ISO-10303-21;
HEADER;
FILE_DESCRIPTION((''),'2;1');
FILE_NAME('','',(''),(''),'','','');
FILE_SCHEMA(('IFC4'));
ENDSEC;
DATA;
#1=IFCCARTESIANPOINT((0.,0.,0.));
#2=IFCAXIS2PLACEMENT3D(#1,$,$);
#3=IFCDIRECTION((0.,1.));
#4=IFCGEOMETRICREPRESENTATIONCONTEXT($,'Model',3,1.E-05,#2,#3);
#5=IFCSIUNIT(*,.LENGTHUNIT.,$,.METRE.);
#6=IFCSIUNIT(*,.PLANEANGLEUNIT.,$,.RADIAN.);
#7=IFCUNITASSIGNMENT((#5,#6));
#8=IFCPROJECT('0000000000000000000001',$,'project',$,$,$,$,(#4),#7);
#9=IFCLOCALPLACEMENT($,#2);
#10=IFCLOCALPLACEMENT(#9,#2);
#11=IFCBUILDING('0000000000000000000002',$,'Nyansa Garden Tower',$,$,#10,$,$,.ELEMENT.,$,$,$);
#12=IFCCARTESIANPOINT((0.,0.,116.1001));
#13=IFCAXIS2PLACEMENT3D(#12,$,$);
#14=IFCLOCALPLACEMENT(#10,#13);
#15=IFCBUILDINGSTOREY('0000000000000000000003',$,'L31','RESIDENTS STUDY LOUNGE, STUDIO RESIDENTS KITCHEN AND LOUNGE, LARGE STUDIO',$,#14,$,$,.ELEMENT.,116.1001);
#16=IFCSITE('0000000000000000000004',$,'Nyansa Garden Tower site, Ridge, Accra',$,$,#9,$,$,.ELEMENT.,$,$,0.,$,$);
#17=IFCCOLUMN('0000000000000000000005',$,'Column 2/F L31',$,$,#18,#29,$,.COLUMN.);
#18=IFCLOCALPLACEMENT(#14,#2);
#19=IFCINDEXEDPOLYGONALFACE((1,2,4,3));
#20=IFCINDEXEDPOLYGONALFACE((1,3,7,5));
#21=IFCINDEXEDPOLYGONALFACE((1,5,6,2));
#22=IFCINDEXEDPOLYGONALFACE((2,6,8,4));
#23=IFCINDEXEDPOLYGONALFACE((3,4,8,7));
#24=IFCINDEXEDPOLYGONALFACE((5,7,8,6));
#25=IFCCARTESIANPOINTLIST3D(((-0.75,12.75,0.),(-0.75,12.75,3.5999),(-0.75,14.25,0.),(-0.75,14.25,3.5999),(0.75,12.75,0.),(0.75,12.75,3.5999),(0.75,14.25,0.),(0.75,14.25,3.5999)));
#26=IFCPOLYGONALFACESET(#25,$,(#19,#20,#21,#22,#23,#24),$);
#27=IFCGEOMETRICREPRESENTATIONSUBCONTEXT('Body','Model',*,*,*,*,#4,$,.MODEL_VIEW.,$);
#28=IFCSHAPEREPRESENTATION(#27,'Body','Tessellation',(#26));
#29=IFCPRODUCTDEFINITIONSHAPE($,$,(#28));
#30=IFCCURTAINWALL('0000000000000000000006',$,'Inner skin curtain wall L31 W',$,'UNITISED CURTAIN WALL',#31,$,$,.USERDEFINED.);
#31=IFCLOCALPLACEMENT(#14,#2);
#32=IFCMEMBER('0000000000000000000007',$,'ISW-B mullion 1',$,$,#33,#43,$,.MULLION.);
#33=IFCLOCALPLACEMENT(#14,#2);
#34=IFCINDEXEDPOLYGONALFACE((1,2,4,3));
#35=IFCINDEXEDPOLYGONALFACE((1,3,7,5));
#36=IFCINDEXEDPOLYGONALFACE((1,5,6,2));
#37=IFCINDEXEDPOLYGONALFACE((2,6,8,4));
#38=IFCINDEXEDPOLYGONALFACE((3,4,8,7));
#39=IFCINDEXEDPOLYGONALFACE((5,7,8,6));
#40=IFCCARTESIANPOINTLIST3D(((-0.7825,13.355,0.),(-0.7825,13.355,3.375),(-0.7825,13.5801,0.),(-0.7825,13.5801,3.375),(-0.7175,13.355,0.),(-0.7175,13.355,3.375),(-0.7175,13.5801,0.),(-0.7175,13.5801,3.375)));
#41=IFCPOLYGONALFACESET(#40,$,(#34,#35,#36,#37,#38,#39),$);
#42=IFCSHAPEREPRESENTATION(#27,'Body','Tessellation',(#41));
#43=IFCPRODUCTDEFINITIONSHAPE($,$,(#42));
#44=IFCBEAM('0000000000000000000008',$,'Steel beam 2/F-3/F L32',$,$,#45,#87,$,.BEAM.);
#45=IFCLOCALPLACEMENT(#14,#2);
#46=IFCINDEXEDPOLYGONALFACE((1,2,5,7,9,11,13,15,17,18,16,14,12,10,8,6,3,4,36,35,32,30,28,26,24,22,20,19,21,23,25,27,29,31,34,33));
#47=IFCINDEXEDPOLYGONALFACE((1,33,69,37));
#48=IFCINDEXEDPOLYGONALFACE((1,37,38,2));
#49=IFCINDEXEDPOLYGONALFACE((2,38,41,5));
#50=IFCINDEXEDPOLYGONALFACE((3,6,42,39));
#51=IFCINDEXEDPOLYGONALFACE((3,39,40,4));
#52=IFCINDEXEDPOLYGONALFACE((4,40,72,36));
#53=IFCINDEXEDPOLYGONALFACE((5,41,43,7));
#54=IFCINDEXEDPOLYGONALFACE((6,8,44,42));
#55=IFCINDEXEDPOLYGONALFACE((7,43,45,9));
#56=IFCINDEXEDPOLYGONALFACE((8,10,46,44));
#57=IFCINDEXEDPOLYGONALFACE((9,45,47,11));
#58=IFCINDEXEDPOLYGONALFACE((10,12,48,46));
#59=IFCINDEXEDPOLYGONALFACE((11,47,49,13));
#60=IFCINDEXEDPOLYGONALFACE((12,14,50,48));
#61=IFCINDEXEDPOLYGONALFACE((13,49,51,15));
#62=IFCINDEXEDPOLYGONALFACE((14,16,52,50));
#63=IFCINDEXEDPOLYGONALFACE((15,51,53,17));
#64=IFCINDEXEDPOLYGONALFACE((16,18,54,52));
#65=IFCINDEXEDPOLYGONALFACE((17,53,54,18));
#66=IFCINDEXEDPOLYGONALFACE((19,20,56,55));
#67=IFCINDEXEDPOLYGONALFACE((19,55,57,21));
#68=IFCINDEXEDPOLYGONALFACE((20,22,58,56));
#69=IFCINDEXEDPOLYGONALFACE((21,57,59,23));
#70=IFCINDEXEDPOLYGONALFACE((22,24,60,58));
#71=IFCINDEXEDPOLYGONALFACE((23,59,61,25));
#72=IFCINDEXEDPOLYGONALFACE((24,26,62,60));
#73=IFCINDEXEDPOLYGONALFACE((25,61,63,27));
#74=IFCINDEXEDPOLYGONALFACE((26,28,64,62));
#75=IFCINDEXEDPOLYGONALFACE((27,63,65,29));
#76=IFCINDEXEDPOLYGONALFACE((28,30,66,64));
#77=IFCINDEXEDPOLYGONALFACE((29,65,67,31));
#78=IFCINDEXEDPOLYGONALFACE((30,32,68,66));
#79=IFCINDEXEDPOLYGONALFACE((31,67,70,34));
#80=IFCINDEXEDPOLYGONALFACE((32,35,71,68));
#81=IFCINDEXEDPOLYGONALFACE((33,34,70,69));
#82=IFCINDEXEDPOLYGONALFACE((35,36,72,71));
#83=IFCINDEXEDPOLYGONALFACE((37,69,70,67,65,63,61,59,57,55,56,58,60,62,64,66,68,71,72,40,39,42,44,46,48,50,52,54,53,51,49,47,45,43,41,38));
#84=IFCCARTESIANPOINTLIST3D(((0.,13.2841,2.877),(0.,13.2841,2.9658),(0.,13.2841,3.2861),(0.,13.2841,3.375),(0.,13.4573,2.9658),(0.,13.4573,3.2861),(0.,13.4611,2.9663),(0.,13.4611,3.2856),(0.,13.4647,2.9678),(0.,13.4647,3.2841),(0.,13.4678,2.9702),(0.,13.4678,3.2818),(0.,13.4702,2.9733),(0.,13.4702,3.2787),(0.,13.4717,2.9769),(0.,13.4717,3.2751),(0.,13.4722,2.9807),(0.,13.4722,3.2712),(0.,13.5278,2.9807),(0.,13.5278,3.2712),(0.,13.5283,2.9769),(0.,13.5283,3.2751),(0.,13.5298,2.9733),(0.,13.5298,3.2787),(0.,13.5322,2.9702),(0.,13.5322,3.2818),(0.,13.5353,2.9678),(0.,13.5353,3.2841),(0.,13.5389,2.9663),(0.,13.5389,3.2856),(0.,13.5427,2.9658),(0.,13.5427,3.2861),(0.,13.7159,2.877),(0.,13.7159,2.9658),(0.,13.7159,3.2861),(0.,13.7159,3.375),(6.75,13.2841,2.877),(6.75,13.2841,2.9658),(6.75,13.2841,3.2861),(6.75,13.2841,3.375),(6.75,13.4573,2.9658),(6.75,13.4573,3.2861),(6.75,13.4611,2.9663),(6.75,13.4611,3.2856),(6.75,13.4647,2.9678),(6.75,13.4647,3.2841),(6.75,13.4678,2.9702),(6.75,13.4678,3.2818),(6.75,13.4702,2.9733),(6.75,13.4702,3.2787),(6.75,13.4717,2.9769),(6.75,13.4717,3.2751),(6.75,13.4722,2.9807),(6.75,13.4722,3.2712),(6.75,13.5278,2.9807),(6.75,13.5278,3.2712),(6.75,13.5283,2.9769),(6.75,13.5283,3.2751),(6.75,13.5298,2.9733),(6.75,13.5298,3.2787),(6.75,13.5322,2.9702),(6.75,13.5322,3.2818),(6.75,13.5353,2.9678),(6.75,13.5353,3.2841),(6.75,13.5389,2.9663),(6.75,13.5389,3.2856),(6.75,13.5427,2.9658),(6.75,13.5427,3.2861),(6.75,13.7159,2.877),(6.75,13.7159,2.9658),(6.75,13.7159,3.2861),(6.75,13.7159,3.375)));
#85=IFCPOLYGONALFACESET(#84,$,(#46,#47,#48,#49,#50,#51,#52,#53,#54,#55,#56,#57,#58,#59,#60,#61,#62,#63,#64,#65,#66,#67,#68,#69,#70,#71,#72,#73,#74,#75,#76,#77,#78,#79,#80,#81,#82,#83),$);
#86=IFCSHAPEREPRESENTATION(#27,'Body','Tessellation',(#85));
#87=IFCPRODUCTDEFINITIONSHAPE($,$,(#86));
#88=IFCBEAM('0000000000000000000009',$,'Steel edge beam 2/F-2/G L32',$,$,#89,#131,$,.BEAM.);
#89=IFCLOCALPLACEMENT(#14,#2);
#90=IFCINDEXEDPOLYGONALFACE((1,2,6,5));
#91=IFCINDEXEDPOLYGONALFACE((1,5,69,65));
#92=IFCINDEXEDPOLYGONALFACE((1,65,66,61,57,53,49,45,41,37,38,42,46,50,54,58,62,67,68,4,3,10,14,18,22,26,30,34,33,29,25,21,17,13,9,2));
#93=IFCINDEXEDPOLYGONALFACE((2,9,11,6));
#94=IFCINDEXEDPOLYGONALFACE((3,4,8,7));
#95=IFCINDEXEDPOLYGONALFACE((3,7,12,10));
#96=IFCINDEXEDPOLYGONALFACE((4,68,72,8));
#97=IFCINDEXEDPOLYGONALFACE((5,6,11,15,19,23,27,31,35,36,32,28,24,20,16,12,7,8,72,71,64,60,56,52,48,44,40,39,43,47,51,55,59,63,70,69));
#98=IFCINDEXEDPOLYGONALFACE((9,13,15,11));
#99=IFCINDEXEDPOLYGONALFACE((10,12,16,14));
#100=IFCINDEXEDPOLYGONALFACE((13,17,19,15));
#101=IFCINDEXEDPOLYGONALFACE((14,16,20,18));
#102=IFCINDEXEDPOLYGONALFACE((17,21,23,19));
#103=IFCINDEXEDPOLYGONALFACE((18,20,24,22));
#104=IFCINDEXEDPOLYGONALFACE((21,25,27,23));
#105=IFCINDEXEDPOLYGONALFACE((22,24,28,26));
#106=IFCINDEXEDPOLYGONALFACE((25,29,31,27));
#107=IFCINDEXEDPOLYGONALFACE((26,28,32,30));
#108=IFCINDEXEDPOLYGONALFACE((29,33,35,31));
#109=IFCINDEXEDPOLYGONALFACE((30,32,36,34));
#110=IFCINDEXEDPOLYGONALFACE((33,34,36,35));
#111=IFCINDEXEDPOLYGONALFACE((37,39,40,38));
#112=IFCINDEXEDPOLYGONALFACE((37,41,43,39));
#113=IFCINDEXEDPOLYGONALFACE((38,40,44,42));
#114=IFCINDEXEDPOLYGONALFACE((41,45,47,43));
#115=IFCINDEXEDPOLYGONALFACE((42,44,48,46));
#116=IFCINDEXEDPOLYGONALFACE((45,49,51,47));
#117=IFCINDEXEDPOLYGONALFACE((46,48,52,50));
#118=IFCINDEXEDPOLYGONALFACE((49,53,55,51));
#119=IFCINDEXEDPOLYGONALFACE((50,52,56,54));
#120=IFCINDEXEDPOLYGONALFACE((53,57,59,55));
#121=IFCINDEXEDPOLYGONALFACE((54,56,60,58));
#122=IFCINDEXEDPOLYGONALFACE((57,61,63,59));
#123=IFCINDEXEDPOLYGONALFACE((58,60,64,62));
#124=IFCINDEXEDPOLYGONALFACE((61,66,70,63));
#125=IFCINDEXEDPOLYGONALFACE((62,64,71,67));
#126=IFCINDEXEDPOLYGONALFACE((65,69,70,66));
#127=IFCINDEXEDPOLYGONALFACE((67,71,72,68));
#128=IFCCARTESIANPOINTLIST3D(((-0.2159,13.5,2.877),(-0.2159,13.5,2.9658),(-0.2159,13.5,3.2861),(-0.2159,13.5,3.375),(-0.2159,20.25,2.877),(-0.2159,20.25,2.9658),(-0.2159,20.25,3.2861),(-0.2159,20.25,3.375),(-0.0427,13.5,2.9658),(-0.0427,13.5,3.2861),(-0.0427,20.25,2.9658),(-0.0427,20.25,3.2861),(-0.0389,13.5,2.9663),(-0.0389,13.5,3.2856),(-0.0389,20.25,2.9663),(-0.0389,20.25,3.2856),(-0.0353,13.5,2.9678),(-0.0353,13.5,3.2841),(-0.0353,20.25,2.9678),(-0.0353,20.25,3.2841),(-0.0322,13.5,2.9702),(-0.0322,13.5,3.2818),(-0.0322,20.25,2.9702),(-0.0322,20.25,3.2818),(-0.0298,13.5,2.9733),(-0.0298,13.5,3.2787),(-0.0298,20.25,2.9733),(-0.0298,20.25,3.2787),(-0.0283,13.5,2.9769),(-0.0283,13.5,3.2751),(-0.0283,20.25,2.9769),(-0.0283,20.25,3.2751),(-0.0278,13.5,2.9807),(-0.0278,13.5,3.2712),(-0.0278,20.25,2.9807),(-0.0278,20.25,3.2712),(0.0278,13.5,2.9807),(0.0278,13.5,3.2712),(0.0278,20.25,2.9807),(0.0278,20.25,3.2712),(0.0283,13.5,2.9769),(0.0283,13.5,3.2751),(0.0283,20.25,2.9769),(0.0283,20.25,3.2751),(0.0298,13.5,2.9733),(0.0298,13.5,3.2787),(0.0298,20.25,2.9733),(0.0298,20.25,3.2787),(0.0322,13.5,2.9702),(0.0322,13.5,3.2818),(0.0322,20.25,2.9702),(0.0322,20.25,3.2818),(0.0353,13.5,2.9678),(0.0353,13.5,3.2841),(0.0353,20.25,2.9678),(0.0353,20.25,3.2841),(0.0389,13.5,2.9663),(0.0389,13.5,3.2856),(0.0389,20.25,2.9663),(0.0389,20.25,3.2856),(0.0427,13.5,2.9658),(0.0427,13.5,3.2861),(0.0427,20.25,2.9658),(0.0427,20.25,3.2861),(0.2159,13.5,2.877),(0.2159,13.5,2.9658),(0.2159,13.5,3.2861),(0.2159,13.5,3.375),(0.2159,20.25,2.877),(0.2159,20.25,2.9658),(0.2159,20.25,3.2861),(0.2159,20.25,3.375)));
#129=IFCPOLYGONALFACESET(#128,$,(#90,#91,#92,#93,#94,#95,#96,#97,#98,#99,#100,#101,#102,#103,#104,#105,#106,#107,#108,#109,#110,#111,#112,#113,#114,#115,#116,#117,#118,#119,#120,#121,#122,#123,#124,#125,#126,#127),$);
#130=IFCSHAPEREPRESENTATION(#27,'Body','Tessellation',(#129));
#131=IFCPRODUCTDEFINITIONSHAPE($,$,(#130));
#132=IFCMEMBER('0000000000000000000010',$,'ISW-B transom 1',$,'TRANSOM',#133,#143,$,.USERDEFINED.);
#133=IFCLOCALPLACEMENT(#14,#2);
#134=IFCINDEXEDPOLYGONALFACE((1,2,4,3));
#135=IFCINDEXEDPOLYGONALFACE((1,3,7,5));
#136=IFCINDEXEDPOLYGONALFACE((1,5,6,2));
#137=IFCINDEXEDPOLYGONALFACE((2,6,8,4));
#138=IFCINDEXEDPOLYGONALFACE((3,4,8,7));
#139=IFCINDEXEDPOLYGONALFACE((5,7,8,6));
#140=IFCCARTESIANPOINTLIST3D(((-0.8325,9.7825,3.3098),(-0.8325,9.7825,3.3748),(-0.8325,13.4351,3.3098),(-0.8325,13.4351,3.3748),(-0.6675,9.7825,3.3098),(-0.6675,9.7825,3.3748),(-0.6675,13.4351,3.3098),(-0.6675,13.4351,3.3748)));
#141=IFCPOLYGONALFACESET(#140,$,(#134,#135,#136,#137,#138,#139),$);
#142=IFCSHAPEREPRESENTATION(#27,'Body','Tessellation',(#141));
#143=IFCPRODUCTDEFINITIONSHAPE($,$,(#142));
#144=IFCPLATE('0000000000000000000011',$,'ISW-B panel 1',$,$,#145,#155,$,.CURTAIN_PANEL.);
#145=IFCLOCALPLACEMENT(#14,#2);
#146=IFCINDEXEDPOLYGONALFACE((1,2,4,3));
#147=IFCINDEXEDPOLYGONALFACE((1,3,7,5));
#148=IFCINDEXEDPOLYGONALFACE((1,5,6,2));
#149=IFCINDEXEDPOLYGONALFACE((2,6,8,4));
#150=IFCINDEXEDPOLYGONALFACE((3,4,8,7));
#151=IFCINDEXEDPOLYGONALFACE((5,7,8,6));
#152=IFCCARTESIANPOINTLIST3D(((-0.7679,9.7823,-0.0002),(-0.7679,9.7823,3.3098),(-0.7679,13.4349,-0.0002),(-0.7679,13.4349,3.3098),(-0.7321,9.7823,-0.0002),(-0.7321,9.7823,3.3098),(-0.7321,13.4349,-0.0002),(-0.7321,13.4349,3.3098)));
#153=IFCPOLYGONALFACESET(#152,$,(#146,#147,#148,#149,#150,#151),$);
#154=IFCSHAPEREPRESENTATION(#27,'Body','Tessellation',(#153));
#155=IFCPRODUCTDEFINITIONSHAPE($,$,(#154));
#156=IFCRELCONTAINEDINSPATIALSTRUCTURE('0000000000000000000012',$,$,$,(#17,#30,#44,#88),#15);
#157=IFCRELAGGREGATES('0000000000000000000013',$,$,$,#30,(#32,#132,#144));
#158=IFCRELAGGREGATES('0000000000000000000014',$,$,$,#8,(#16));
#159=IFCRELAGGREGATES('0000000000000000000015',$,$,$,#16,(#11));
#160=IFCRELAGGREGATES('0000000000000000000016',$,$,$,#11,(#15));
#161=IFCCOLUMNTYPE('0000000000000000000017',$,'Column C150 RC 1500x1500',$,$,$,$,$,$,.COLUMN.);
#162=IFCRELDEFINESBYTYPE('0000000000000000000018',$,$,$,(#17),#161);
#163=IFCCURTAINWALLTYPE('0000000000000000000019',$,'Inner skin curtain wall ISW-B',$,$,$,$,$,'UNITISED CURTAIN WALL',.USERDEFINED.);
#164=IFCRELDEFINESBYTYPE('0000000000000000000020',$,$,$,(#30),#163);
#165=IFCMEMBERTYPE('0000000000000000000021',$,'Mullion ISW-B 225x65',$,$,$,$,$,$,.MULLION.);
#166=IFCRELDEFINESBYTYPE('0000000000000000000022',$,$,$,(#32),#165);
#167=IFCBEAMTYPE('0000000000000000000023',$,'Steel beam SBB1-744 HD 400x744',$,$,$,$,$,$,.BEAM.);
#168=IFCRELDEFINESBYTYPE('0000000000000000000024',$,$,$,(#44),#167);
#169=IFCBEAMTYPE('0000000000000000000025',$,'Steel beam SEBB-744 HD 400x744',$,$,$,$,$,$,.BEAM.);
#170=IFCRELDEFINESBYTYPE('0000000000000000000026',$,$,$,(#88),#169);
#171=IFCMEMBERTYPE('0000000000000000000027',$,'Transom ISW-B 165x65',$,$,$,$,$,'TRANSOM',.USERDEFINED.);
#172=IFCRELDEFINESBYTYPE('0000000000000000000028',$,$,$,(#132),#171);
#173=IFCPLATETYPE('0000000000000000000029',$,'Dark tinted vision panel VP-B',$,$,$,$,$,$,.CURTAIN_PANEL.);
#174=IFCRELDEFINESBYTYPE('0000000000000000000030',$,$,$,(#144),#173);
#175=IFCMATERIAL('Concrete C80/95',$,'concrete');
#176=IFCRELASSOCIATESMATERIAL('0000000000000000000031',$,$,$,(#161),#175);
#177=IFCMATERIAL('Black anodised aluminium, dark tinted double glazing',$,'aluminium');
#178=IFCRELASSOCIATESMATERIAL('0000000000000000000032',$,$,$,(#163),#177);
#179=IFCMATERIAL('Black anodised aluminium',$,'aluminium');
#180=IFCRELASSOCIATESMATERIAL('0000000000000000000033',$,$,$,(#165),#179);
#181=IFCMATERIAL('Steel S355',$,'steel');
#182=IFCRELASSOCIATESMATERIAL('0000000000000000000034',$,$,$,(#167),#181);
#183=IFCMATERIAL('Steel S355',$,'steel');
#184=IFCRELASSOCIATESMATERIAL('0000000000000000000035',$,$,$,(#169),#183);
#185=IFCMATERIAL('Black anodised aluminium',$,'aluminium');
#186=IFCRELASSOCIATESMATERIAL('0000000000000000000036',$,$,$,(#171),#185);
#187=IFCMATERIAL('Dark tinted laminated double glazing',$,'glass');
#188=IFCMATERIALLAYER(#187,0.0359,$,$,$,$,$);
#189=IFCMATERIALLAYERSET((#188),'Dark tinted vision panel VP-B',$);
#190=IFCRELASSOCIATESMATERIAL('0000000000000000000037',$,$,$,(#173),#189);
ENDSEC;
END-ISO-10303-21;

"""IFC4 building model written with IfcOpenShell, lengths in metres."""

from ifc_helpers import new_model, si_unit, direction, frame, origin, origin_2d, place, context, subcontext, project, spatial, rectangle, i_section, extrude, material, layer, layer_set, material_profile, profile_set, type_object, element, aggregate, save


model = new_model("IFC4")

# Units and contexts
model_context = context("Model", 3, precision=1e-05, world=origin(), true_north=direction((0.0, 1.0)))
body_context = subcontext(model_context, "Body", "Model", "MODEL_VIEW")
ifc_project = project(units=[si_unit("LENGTHUNIT", "METRE"), si_unit("PLANEANGLEUNIT", "RADIAN")], contexts=[model_context])

# Site, building, storey
site_placement = place(None, origin())
site = spatial("IfcSite", under=ifc_project, at=site_placement, Name="Nyansa Garden Tower site, Ridge, Accra", CompositionType="ELEMENT", RefElevation=0.0)
building_placement = place(site_placement, origin())
building = spatial("IfcBuilding", under=site, at=building_placement, Name="Nyansa Garden Tower", CompositionType="ELEMENT")
storey_placement = place(building_placement, frame((0.0, 0.0, 116.1001)))
storey = spatial("IfcBuildingStorey", under=building, at=storey_placement, Name="L31", Description="RESIDENTS STUDY LOUNGE, STUDIO RESIDENTS KITCHEN AND LOUNGE, LARGE STUDIO", CompositionType="ELEMENT", Elevation=116.1001)

# Column
ifc_material_1 = material(Name="Concrete C80/95", Category="concrete")
ifc_material_profile_1 = material_profile(ifc_material_1, rectangle(XDim=1.5, YDim=1.5, at=origin_2d()), Name="RC 1500x1500")
ifc_profile_set_1 = profile_set([ifc_material_profile_1], Name="Concrete C80/95")
column_type = type_object("IfcColumnType", Name="Column C150 RC 1500x1500", PredefinedType="COLUMN", material=ifc_profile_set_1)
column_placement = place(storey_placement, frame((0.0, 13.5, 0.0), z_axis=(0.0, 0.0, 1.0), x_axis=(1.0, 0.0, 0.0)))
element("IfcColumn", 1, at=column_placement, inside=storey, type_object=column_type, Name="Column 2/F L31", PredefinedType="COLUMN", context=body_context, shape_type="SweptSolid", body=[
    extrude(rectangle(XDim=1.5, YDim=1.5, at=origin_2d()), origin(), (0.0, 0.0, 1.0), 3.5999),
])

# Curtain wall, member
ifc_material_2 = material(Name="Black anodised aluminium, dark tinted double glazing", Category="aluminium")
curtain_wall_type = type_object("IfcCurtainWallType", Name="Inner skin curtain wall ISW-B", ElementType="UNITISED CURTAIN WALL", PredefinedType="USERDEFINED", material=ifc_material_2)
curtain_wall_placement = place(storey_placement, origin())
curtain_wall = element("IfcCurtainWall", 2, at=curtain_wall_placement, inside=storey, type_object=curtain_wall_type, Name="Inner skin curtain wall L31 W", ObjectType="UNITISED CURTAIN WALL", PredefinedType="USERDEFINED")
ifc_material_3 = material(Name="Black anodised aluminium", Category="aluminium")
ifc_material_profile_2 = material_profile(ifc_material_3, rectangle(XDim=0.0649, YDim=0.2251, at=origin_2d()), Name="Mullion 225x65")
ifc_profile_set_2 = profile_set([ifc_material_profile_2], Name="Black anodised aluminium")
member_type_1 = type_object("IfcMemberType", Name="Mullion ISW-B 225x65", PredefinedType="MULLION", material=ifc_profile_set_2)
member_1_placement = place(storey_placement, frame((-0.75, 13.4675, 0.0), z_axis=(0.0, 0.0, 1.0), x_axis=(1.0, 0.0, 0.0)))
member_1 = element("IfcMember", 3, at=member_1_placement, type_object=member_type_1, Name="ISW-B mullion 1", PredefinedType="MULLION", context=body_context, shape_type="SweptSolid", body=[
    extrude(rectangle(XDim=0.0649, YDim=0.2251, at=origin_2d()), origin(), (0.0, 0.0, 1.0), 3.375),
])

# Beams
ifc_material_4 = material(Name="Steel S355", Category="steel")
ifc_material_profile_3 = material_profile(ifc_material_4, i_section(OverallWidth=0.4319, OverallDepth=0.498, WebThickness=0.0557, FlangeThickness=0.0889, FilletRadius=0.0149, at=origin_2d()), Name="HD 400x744")
ifc_profile_set_3 = profile_set([ifc_material_profile_3], Name="Steel S355")
beam_type_1 = type_object("IfcBeamType", Name="Steel beam SBB1-744 HD 400x744", PredefinedType="BEAM", material=ifc_profile_set_3)
beam_1_placement = place(storey_placement, frame((0.0, 13.5, 3.126), z_axis=(1.0, 0.0, 0.0), x_axis=(0.0, 1.0, 0.0)))
element("IfcBeam", 4, at=beam_1_placement, inside=storey, type_object=beam_type_1, Name="Steel beam 2/F-3/F L32", PredefinedType="BEAM", context=body_context, shape_type="SweptSolid", body=[
    extrude(i_section(OverallWidth=0.4319, OverallDepth=0.498, WebThickness=0.0557, FlangeThickness=0.0889, FilletRadius=0.0149, at=origin_2d()), origin(), (0.0, 0.0, 1.0), 6.75),
])
ifc_material_5 = material(Name="Steel S355", Category="steel")
ifc_material_profile_4 = material_profile(ifc_material_5, i_section(OverallWidth=0.4319, OverallDepth=0.498, WebThickness=0.0557, FlangeThickness=0.0889, FilletRadius=0.0149, at=origin_2d()), Name="HD 400x744")
ifc_profile_set_4 = profile_set([ifc_material_profile_4], Name="Steel S355")
beam_type_2 = type_object("IfcBeamType", Name="Steel beam SEBB-744 HD 400x744", PredefinedType="BEAM", material=ifc_profile_set_4)
beam_2_placement = place(storey_placement, frame((0.0, 13.5, 3.126), z_axis=(0.0, 1.0, 0.0), x_axis=(-1.0, 0.0, 0.0)))
element("IfcBeam", 5, at=beam_2_placement, inside=storey, type_object=beam_type_2, Name="Steel edge beam 2/F-2/G L32", PredefinedType="BEAM", context=body_context, shape_type="SweptSolid", body=[
    extrude(i_section(OverallWidth=0.4319, OverallDepth=0.498, WebThickness=0.0557, FlangeThickness=0.0889, FilletRadius=0.0149, at=origin_2d()), origin(), (0.0, 0.0, 1.0), 6.75),
])

# Member
ifc_material_6 = material(Name="Black anodised aluminium", Category="aluminium")
ifc_material_profile_5 = material_profile(ifc_material_6, rectangle(XDim=0.165, YDim=0.0649, at=origin_2d()), Name="Transom 165x65")
ifc_profile_set_5 = profile_set([ifc_material_profile_5], Name="Black anodised aluminium")
member_type_2 = type_object("IfcMemberType", Name="Transom ISW-B 165x65", ElementType="TRANSOM", PredefinedType="USERDEFINED", material=ifc_profile_set_5)
member_2_placement = place(storey_placement, frame((-0.75, 13.4351, 3.3423), z_axis=(0.0, -1.0, 0.0), x_axis=(1.0, 0.0, 0.0)))
member_2 = element("IfcMember", 6, at=member_2_placement, type_object=member_type_2, Name="ISW-B transom 1", ObjectType="TRANSOM", PredefinedType="USERDEFINED", context=body_context, shape_type="SweptSolid", body=[
    extrude(rectangle(XDim=0.165, YDim=0.0649, at=origin_2d()), origin(), (0.0, 0.0, 1.0), 3.6526),
])

# Plate
ifc_material_7 = material(Name="Dark tinted laminated double glazing", Category="glass")
ifc_layer_1 = layer(ifc_material_7, 0.0359)
ifc_layer_set_1 = layer_set([ifc_layer_1], Name="Dark tinted vision panel VP-B")
plate_type = type_object("IfcPlateType", Name="Dark tinted vision panel VP-B", PredefinedType="CURTAIN_PANEL", material=ifc_layer_set_1)
plate_placement = place(storey_placement, frame((-0.75, 11.6086, -0.0002), z_axis=(0.0, 0.0, 1.0), x_axis=(0.0, -1.0, 0.0)))
plate = element("IfcPlate", 7, at=plate_placement, type_object=plate_type, Name="ISW-B panel 1", PredefinedType="CURTAIN_PANEL", context=body_context, shape_type="SweptSolid", body=[
    extrude(rectangle(XDim=3.6526, YDim=0.0359, at=origin_2d()), origin(), (0.0, 0.0, 1.0), 3.3101),
])
aggregate(curtain_wall, [member_1, member_2, plate])

save(model, "model.ifc")
